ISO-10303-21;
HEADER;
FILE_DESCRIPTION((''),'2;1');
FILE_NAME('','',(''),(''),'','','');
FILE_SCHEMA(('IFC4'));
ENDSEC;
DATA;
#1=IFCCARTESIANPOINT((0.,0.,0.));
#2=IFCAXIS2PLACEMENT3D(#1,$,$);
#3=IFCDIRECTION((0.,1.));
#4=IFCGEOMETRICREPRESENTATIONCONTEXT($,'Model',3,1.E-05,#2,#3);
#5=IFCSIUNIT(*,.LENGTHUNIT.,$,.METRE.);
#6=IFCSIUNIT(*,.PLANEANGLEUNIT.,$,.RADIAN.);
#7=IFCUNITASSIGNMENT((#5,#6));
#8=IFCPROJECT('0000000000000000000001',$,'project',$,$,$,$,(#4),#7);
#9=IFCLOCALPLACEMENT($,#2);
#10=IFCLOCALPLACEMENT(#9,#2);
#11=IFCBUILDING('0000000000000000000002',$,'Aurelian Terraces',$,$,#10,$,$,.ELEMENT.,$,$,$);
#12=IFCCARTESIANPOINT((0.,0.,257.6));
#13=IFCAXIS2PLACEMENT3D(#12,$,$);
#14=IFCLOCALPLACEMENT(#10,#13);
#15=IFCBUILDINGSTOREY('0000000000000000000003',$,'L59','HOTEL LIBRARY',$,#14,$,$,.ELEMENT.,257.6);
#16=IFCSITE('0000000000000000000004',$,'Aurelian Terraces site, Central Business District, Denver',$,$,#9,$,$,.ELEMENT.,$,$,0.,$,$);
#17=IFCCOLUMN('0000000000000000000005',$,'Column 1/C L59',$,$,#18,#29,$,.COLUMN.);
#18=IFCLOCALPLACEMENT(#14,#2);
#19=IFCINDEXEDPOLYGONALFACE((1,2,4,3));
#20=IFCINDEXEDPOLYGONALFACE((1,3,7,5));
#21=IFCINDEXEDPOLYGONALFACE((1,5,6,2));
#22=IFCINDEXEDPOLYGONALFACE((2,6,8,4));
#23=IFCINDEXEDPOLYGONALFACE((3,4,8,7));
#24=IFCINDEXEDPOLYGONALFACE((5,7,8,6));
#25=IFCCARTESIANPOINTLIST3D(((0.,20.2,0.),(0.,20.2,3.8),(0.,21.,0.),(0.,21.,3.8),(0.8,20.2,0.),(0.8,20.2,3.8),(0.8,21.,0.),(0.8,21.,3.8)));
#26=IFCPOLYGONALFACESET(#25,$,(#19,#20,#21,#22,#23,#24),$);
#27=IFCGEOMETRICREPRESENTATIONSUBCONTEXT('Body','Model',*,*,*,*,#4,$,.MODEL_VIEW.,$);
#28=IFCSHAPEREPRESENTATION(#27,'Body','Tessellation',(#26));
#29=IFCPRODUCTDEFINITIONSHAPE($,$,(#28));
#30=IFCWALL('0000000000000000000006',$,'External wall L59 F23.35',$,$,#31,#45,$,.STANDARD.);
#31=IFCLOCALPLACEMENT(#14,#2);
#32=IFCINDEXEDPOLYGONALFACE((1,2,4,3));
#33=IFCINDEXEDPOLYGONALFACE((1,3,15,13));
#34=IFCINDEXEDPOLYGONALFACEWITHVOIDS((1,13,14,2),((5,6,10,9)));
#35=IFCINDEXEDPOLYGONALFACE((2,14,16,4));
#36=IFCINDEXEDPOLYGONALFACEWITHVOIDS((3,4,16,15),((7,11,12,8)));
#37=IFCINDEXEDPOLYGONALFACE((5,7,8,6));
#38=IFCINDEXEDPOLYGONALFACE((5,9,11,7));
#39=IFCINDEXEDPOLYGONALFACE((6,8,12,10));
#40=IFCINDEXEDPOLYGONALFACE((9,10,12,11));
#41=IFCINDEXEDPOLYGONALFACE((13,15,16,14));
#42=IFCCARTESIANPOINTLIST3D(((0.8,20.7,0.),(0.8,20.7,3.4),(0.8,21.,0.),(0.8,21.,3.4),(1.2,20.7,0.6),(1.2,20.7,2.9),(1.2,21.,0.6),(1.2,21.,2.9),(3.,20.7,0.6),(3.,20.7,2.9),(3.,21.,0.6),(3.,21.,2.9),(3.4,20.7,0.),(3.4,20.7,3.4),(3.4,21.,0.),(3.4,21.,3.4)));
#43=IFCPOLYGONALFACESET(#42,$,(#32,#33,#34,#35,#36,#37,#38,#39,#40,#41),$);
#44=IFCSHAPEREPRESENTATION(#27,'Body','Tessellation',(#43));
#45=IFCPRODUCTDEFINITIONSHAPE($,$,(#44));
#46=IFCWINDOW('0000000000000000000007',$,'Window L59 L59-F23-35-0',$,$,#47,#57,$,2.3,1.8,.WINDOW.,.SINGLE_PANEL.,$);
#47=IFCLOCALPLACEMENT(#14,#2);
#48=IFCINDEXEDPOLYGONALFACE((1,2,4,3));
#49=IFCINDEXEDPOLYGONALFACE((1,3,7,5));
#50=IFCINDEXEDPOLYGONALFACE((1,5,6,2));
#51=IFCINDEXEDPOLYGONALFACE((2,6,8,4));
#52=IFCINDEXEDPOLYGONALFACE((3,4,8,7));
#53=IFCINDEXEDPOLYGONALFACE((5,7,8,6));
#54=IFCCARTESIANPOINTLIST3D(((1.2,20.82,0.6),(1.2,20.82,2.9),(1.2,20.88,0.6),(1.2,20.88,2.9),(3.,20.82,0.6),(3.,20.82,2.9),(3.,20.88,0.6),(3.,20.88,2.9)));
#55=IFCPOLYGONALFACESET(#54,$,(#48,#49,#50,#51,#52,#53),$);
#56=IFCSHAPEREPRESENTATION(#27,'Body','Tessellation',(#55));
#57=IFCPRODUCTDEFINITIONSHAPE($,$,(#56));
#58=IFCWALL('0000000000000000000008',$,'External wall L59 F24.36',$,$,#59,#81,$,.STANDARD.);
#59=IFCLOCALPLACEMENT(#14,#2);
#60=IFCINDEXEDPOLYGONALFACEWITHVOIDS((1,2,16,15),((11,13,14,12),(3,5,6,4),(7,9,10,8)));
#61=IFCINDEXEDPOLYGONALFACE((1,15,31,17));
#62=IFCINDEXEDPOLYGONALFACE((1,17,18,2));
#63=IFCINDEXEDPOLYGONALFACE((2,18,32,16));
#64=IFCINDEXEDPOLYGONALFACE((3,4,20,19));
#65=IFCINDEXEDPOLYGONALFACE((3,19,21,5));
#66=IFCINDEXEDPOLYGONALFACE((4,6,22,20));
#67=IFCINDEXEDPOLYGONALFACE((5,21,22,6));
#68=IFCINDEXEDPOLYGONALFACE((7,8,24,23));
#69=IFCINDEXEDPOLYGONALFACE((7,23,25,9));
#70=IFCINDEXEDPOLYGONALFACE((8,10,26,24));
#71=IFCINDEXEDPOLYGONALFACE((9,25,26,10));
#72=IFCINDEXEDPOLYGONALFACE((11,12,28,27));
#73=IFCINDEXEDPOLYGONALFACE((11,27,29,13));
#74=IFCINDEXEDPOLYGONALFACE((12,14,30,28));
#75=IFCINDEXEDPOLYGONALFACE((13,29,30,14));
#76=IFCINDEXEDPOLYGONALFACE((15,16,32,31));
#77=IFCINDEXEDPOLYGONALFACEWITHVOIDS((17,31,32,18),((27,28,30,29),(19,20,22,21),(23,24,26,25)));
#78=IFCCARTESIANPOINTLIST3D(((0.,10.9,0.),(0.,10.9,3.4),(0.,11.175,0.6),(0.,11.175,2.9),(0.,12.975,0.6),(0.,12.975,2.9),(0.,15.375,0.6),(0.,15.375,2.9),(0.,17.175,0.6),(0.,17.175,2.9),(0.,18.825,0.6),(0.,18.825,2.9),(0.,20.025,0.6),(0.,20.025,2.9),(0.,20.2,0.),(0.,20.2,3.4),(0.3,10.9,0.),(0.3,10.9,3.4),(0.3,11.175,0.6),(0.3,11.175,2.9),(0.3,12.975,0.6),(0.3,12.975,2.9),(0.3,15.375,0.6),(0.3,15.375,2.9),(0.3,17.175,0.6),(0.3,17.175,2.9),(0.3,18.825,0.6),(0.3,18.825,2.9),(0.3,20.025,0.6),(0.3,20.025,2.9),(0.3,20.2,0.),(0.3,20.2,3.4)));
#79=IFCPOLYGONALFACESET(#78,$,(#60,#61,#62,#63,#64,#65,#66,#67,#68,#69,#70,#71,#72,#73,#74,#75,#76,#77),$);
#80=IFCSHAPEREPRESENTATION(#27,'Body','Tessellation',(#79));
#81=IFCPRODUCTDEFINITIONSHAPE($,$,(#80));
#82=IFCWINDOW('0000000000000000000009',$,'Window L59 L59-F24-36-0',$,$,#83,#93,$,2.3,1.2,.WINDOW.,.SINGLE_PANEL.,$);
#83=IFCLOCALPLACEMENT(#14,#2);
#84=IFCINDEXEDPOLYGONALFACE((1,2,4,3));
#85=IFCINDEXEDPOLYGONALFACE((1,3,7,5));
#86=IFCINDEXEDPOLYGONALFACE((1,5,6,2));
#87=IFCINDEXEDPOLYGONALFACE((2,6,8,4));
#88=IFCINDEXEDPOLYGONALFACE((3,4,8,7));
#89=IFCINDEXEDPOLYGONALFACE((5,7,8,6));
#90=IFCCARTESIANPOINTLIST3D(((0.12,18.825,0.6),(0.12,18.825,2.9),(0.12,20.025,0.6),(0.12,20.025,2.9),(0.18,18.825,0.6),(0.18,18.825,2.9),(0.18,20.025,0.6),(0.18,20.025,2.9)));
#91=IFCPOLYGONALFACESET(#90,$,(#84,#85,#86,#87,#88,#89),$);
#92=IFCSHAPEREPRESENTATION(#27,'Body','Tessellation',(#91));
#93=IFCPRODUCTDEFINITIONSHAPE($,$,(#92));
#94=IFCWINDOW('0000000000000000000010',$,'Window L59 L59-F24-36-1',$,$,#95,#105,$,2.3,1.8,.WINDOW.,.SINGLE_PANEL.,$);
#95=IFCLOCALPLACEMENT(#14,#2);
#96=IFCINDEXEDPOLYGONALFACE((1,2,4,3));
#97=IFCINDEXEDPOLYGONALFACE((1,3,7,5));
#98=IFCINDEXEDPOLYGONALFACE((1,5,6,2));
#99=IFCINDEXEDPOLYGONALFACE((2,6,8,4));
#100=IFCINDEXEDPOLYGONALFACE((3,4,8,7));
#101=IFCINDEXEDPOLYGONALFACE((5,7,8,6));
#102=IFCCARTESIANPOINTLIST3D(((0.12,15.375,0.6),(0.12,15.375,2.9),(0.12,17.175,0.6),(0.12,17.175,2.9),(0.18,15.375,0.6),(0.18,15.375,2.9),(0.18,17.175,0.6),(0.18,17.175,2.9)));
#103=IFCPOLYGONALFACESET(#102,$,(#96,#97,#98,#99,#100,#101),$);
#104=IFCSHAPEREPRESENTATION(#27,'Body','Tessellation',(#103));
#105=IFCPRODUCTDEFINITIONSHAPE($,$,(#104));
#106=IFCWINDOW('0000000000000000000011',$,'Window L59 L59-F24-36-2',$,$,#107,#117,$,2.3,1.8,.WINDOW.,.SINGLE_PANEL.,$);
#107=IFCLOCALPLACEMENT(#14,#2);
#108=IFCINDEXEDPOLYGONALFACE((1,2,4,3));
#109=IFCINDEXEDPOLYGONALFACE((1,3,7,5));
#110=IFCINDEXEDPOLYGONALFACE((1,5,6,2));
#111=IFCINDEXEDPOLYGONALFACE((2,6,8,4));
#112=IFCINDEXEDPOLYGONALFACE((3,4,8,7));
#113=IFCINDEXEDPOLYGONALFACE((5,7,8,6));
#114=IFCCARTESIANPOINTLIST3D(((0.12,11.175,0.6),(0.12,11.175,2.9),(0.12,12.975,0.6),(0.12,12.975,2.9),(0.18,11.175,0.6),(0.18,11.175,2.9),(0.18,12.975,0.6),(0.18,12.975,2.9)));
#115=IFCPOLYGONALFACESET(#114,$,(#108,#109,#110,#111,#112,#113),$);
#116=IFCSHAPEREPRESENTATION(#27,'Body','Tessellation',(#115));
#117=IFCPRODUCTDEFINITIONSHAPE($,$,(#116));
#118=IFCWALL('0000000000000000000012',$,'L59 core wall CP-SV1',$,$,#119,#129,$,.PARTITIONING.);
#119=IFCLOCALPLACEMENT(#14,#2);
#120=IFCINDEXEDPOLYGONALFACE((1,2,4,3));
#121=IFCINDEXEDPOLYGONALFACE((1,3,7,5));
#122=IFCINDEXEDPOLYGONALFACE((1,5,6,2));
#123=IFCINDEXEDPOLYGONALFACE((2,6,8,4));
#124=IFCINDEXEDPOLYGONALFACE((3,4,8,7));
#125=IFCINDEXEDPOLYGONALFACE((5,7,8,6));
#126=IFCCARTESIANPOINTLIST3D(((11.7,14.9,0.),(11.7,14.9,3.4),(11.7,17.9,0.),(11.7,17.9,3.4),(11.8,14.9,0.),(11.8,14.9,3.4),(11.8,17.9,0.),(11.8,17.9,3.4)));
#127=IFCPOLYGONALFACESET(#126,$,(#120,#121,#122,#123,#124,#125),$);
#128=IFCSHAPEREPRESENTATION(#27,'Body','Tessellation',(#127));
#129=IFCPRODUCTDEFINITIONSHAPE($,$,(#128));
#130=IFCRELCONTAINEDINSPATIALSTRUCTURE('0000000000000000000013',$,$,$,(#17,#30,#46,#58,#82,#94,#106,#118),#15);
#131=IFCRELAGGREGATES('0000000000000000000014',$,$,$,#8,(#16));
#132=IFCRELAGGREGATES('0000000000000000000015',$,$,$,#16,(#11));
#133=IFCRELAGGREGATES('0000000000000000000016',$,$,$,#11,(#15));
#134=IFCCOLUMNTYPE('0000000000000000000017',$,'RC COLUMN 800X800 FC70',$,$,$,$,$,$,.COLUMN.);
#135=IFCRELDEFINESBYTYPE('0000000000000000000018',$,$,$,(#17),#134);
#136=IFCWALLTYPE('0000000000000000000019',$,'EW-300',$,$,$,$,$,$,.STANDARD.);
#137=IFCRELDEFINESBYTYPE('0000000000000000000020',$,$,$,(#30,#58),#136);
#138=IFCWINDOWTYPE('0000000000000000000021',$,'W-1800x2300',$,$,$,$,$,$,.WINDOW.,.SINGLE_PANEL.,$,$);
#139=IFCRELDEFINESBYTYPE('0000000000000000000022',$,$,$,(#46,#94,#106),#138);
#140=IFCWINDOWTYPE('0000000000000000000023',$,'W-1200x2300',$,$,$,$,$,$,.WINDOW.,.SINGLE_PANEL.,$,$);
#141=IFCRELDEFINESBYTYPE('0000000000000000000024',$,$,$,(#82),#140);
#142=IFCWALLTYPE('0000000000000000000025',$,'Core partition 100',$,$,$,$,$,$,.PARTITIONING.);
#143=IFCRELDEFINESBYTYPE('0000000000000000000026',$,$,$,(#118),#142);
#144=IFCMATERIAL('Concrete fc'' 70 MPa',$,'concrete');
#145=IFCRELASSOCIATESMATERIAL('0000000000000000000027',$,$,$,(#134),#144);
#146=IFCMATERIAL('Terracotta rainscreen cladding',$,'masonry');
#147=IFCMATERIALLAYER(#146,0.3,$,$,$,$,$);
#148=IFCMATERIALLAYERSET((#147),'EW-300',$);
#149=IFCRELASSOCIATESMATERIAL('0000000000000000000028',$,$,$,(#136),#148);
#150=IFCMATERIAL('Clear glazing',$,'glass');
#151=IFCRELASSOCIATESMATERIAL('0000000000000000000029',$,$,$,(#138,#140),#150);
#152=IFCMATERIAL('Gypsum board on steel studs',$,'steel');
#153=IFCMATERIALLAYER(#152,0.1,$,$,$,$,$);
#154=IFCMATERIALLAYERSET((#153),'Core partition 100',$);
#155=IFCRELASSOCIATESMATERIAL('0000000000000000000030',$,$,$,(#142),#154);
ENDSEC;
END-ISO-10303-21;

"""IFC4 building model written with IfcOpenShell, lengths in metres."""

from ifc_helpers import new_model, si_unit, direction, frame, frame_2d, origin, origin_2d, place, context, subcontext, project, spatial, rectangle, extrude, source, transform, mapped, material, layer, layer_set, material_profile, profile_set, type_object, element, fill, save


model = new_model("IFC4")

# Units and contexts
model_context = context("Model", 3, precision=1e-05, world=origin(), true_north=direction((0.0, 1.0)))
body_context = subcontext(model_context, "Body", "Model", "MODEL_VIEW")
ifc_project = project(units=[si_unit("LENGTHUNIT", "METRE"), si_unit("PLANEANGLEUNIT", "RADIAN")], contexts=[model_context])

# Site, building, storey
site_placement = place(None, origin())
site = spatial("IfcSite", under=ifc_project, at=site_placement, Name="Aurelian Terraces site, Central Business District, Denver", CompositionType="ELEMENT", RefElevation=0.0)
building_placement = place(site_placement, origin())
building = spatial("IfcBuilding", under=site, at=building_placement, Name="Aurelian Terraces", CompositionType="ELEMENT")
storey_placement = place(building_placement, frame((0.0, 0.0, 257.6)))
storey = spatial("IfcBuildingStorey", under=building, at=storey_placement, Name="L59", Description="HOTEL LIBRARY", CompositionType="ELEMENT", Elevation=257.6)

# Column
ifc_material_1 = material(Name="Concrete fc' 70 MPa", Category="concrete")
ifc_material_profile = material_profile(ifc_material_1, rectangle(XDim=0.8, YDim=0.8, at=origin_2d()))
ifc_profile_set = profile_set([ifc_material_profile], Name="Concrete fc' 70 MPa")
column_type = type_object("IfcColumnType", Name="RC COLUMN 800X800 FC70", PredefinedType="COLUMN", material=ifc_profile_set)
shared_shape_1 = source(origin(), body_context, "Body", "SweptSolid", [
    extrude(rectangle(XDim=0.8, YDim=0.8, at=origin_2d()), origin(), (0.0, 0.0, 1.0), 3.8),
])
column_placement = place(storey_placement, frame((0.4, 20.6, 0.0), z_axis=(0.0, 0.0, 1.0), x_axis=(1.0, 0.0, 0.0)))
element("IfcColumn", 1, at=column_placement, inside=storey, type_object=column_type, Name="Column 1/C L59", PredefinedType="COLUMN", context=body_context, shape_type="MappedRepresentation", body=[
    mapped(shared_shape_1, transform((0.0, 0.0, 0.0), scale=1.0)),
])

# Wall, opening, window
ifc_material_2 = material(Name="Terracotta rainscreen cladding", Category="masonry")
ifc_layer_1 = layer(ifc_material_2, 0.3)
ifc_layer_set_1 = layer_set([ifc_layer_1], Name="EW-300")
wall_type_1 = type_object("IfcWallType", Name="EW-300", PredefinedType="STANDARD", material=ifc_layer_set_1)
shared_shape_2 = source(origin(), body_context, "Body", "SweptSolid", [
    extrude(rectangle(XDim=2.6, YDim=0.3, at=frame_2d((1.3, 0.0))), origin(), (0.0, 0.0, 1.0), 3.4),
])
wall_1_placement = place(storey_placement, frame((3.4, 20.85, 0.0), z_axis=(0.0, 0.0, 1.0), x_axis=(-1.0, 0.0, 0.0)))
wall_1 = element("IfcWall", 2, at=wall_1_placement, inside=storey, type_object=wall_type_1, Name="External wall L59 F23.35", PredefinedType="STANDARD", context=body_context, shape_type="MappedRepresentation", body=[
    mapped(shared_shape_2, transform((0.0, 0.0, 0.0), scale=1.0)),
])
shared_shape_3 = source(origin(), body_context, "Body", "SweptSolid", [
    extrude(rectangle(XDim=1.8, YDim=2.3, at=frame_2d((0.9, 1.15))), frame((0.0, 0.16, 0.0), z_axis=(0.0, -1.0, 0.0), x_axis=(1.0, 0.0, 0.0)), (0.0, 0.0, 1.0), 0.32),
])
opening_1_placement = place(wall_1_placement, frame((0.4, 0.0, 0.6)))
opening_1 = element("IfcOpeningElement", 3, at=opening_1_placement, cuts=wall_1, PredefinedType="OPENING", context=body_context, shape_type="MappedRepresentation", body=[
    mapped(shared_shape_3, transform((0.0, 0.0, 0.0), scale=1.0)),
])
ifc_material_3 = material(Name="Clear glazing", Category="glass")
window_type_1 = type_object("IfcWindowType", Name="W-1800x2300", PartitioningType="SINGLE_PANEL", PredefinedType="WINDOW", material=ifc_material_3)
shared_shape_4 = source(origin(), body_context, "Body", "SweptSolid", [
    extrude(rectangle(XDim=1.8, YDim=2.3, at=frame_2d((0.9, 1.15))), frame((0.0, 0.03, 0.0), z_axis=(0.0, -1.0, 0.0), x_axis=(1.0, 0.0, 0.0)), (0.0, 0.0, 1.0), 0.06),
])
window_1_placement = place(opening_1_placement, origin())
window_1 = element("IfcWindow", 4, at=window_1_placement, inside=storey, type_object=window_type_1, Name="Window L59 L59-F23-35-0", OverallHeight=2.3, OverallWidth=1.8, PartitioningType="SINGLE_PANEL", PredefinedType="WINDOW", context=body_context, shape_type="MappedRepresentation", body=[
    mapped(shared_shape_4, transform((0.0, 0.0, 0.0), scale=1.0)),
])
fill(opening_1, window_1)

# Wall, openings, windows
shared_shape_5 = source(origin(), body_context, "Body", "SweptSolid", [
    extrude(rectangle(XDim=9.3, YDim=0.3, at=frame_2d((4.65, 0.0))), origin(), (0.0, 0.0, 1.0), 3.4),
])
wall_2_placement = place(storey_placement, frame((0.15, 20.2, 0.0), z_axis=(0.0, 0.0, 1.0), x_axis=(0.0, -1.0, 0.0)))
wall_2 = element("IfcWall", 5, at=wall_2_placement, inside=storey, type_object=wall_type_1, Name="External wall L59 F24.36", PredefinedType="STANDARD", context=body_context, shape_type="MappedRepresentation", body=[
    mapped(shared_shape_5, transform((0.0, 0.0, 0.0), scale=1.0)),
])
shared_shape_6 = source(origin(), body_context, "Body", "SweptSolid", [
    extrude(rectangle(XDim=1.2, YDim=2.3, at=frame_2d((0.6, 1.15))), frame((0.0, 0.16, 0.0), z_axis=(0.0, -1.0, 0.0), x_axis=(1.0, 0.0, 0.0)), (0.0, 0.0, 1.0), 0.32),
])
opening_2_placement = place(wall_2_placement, frame((0.175, 0.0, 0.6)))
opening_2 = element("IfcOpeningElement", 6, at=opening_2_placement, cuts=wall_2, PredefinedType="OPENING", context=body_context, shape_type="MappedRepresentation", body=[
    mapped(shared_shape_6, transform((0.0, 0.0, 0.0), scale=1.0)),
])
opening_3_placement = place(wall_2_placement, frame((3.025, 0.0, 0.6)))
opening_3 = element("IfcOpeningElement", 7, at=opening_3_placement, cuts=wall_2, PredefinedType="OPENING", context=body_context, shape_type="MappedRepresentation", body=[
    mapped(shared_shape_3, transform((0.0, 0.0, 0.0), scale=1.0)),
])
opening_4_placement = place(wall_2_placement, frame((7.225, 0.0, 0.6)))
opening_4 = element("IfcOpeningElement", 8, at=opening_4_placement, cuts=wall_2, PredefinedType="OPENING", context=body_context, shape_type="MappedRepresentation", body=[
    mapped(shared_shape_3, transform((0.0, 0.0, 0.0), scale=1.0)),
])
window_type_2 = type_object("IfcWindowType", Name="W-1200x2300", PartitioningType="SINGLE_PANEL", PredefinedType="WINDOW", material=ifc_material_3)
shared_shape_7 = source(origin(), body_context, "Body", "SweptSolid", [
    extrude(rectangle(XDim=1.2, YDim=2.3, at=frame_2d((0.6, 1.15))), frame((0.0, 0.03, 0.0), z_axis=(0.0, -1.0, 0.0), x_axis=(1.0, 0.0, 0.0)), (0.0, 0.0, 1.0), 0.06),
])
window_2_placement = place(opening_2_placement, origin())
window_2 = element("IfcWindow", 9, at=window_2_placement, inside=storey, type_object=window_type_2, Name="Window L59 L59-F24-36-0", OverallHeight=2.3, OverallWidth=1.2, PartitioningType="SINGLE_PANEL", PredefinedType="WINDOW", context=body_context, shape_type="MappedRepresentation", body=[
    mapped(shared_shape_7, transform((0.0, 0.0, 0.0), scale=1.0)),
])
fill(opening_2, window_2)
window_3_placement = place(opening_3_placement, origin())
window_3 = element("IfcWindow", 10, at=window_3_placement, inside=storey, type_object=window_type_1, Name="Window L59 L59-F24-36-1", OverallHeight=2.3, OverallWidth=1.8, PartitioningType="SINGLE_PANEL", PredefinedType="WINDOW", context=body_context, shape_type="MappedRepresentation", body=[
    mapped(shared_shape_4, transform((0.0, 0.0, 0.0), scale=1.0)),
])
fill(opening_3, window_3)
window_4_placement = place(opening_4_placement, origin())
window_4 = element("IfcWindow", 11, at=window_4_placement, inside=storey, type_object=window_type_1, Name="Window L59 L59-F24-36-2", OverallHeight=2.3, OverallWidth=1.8, PartitioningType="SINGLE_PANEL", PredefinedType="WINDOW", context=body_context, shape_type="MappedRepresentation", body=[
    mapped(shared_shape_4, transform((0.0, 0.0, 0.0), scale=1.0)),
])
fill(opening_4, window_4)

# Wall
ifc_material_4 = material(Name="Gypsum board on steel studs", Category="steel")
ifc_layer_2 = layer(ifc_material_4, 0.1)
ifc_layer_set_2 = layer_set([ifc_layer_2], Name="Core partition 100")
wall_type_2 = type_object("IfcWallType", Name="Core partition 100", PredefinedType="PARTITIONING", material=ifc_layer_set_2)
shared_shape_8 = source(origin(), body_context, "Body", "SweptSolid", [
    extrude(rectangle(XDim=3.0, YDim=0.1, at=frame_2d((1.5, 0.0))), origin(), (0.0, 0.0, 1.0), 3.4),
])
wall_3_placement = place(storey_placement, frame((11.75, 14.9, 0.0), z_axis=(0.0, 0.0, 1.0), x_axis=(0.0, 1.0, 0.0)))
element("IfcWall", 12, at=wall_3_placement, inside=storey, type_object=wall_type_2, Name="L59 core wall CP-SV1", PredefinedType="PARTITIONING", context=body_context, shape_type="MappedRepresentation", body=[
    mapped(shared_shape_8, transform((0.0, 0.0, 0.0), scale=1.0)),
])

save(model, "model.ifc")
